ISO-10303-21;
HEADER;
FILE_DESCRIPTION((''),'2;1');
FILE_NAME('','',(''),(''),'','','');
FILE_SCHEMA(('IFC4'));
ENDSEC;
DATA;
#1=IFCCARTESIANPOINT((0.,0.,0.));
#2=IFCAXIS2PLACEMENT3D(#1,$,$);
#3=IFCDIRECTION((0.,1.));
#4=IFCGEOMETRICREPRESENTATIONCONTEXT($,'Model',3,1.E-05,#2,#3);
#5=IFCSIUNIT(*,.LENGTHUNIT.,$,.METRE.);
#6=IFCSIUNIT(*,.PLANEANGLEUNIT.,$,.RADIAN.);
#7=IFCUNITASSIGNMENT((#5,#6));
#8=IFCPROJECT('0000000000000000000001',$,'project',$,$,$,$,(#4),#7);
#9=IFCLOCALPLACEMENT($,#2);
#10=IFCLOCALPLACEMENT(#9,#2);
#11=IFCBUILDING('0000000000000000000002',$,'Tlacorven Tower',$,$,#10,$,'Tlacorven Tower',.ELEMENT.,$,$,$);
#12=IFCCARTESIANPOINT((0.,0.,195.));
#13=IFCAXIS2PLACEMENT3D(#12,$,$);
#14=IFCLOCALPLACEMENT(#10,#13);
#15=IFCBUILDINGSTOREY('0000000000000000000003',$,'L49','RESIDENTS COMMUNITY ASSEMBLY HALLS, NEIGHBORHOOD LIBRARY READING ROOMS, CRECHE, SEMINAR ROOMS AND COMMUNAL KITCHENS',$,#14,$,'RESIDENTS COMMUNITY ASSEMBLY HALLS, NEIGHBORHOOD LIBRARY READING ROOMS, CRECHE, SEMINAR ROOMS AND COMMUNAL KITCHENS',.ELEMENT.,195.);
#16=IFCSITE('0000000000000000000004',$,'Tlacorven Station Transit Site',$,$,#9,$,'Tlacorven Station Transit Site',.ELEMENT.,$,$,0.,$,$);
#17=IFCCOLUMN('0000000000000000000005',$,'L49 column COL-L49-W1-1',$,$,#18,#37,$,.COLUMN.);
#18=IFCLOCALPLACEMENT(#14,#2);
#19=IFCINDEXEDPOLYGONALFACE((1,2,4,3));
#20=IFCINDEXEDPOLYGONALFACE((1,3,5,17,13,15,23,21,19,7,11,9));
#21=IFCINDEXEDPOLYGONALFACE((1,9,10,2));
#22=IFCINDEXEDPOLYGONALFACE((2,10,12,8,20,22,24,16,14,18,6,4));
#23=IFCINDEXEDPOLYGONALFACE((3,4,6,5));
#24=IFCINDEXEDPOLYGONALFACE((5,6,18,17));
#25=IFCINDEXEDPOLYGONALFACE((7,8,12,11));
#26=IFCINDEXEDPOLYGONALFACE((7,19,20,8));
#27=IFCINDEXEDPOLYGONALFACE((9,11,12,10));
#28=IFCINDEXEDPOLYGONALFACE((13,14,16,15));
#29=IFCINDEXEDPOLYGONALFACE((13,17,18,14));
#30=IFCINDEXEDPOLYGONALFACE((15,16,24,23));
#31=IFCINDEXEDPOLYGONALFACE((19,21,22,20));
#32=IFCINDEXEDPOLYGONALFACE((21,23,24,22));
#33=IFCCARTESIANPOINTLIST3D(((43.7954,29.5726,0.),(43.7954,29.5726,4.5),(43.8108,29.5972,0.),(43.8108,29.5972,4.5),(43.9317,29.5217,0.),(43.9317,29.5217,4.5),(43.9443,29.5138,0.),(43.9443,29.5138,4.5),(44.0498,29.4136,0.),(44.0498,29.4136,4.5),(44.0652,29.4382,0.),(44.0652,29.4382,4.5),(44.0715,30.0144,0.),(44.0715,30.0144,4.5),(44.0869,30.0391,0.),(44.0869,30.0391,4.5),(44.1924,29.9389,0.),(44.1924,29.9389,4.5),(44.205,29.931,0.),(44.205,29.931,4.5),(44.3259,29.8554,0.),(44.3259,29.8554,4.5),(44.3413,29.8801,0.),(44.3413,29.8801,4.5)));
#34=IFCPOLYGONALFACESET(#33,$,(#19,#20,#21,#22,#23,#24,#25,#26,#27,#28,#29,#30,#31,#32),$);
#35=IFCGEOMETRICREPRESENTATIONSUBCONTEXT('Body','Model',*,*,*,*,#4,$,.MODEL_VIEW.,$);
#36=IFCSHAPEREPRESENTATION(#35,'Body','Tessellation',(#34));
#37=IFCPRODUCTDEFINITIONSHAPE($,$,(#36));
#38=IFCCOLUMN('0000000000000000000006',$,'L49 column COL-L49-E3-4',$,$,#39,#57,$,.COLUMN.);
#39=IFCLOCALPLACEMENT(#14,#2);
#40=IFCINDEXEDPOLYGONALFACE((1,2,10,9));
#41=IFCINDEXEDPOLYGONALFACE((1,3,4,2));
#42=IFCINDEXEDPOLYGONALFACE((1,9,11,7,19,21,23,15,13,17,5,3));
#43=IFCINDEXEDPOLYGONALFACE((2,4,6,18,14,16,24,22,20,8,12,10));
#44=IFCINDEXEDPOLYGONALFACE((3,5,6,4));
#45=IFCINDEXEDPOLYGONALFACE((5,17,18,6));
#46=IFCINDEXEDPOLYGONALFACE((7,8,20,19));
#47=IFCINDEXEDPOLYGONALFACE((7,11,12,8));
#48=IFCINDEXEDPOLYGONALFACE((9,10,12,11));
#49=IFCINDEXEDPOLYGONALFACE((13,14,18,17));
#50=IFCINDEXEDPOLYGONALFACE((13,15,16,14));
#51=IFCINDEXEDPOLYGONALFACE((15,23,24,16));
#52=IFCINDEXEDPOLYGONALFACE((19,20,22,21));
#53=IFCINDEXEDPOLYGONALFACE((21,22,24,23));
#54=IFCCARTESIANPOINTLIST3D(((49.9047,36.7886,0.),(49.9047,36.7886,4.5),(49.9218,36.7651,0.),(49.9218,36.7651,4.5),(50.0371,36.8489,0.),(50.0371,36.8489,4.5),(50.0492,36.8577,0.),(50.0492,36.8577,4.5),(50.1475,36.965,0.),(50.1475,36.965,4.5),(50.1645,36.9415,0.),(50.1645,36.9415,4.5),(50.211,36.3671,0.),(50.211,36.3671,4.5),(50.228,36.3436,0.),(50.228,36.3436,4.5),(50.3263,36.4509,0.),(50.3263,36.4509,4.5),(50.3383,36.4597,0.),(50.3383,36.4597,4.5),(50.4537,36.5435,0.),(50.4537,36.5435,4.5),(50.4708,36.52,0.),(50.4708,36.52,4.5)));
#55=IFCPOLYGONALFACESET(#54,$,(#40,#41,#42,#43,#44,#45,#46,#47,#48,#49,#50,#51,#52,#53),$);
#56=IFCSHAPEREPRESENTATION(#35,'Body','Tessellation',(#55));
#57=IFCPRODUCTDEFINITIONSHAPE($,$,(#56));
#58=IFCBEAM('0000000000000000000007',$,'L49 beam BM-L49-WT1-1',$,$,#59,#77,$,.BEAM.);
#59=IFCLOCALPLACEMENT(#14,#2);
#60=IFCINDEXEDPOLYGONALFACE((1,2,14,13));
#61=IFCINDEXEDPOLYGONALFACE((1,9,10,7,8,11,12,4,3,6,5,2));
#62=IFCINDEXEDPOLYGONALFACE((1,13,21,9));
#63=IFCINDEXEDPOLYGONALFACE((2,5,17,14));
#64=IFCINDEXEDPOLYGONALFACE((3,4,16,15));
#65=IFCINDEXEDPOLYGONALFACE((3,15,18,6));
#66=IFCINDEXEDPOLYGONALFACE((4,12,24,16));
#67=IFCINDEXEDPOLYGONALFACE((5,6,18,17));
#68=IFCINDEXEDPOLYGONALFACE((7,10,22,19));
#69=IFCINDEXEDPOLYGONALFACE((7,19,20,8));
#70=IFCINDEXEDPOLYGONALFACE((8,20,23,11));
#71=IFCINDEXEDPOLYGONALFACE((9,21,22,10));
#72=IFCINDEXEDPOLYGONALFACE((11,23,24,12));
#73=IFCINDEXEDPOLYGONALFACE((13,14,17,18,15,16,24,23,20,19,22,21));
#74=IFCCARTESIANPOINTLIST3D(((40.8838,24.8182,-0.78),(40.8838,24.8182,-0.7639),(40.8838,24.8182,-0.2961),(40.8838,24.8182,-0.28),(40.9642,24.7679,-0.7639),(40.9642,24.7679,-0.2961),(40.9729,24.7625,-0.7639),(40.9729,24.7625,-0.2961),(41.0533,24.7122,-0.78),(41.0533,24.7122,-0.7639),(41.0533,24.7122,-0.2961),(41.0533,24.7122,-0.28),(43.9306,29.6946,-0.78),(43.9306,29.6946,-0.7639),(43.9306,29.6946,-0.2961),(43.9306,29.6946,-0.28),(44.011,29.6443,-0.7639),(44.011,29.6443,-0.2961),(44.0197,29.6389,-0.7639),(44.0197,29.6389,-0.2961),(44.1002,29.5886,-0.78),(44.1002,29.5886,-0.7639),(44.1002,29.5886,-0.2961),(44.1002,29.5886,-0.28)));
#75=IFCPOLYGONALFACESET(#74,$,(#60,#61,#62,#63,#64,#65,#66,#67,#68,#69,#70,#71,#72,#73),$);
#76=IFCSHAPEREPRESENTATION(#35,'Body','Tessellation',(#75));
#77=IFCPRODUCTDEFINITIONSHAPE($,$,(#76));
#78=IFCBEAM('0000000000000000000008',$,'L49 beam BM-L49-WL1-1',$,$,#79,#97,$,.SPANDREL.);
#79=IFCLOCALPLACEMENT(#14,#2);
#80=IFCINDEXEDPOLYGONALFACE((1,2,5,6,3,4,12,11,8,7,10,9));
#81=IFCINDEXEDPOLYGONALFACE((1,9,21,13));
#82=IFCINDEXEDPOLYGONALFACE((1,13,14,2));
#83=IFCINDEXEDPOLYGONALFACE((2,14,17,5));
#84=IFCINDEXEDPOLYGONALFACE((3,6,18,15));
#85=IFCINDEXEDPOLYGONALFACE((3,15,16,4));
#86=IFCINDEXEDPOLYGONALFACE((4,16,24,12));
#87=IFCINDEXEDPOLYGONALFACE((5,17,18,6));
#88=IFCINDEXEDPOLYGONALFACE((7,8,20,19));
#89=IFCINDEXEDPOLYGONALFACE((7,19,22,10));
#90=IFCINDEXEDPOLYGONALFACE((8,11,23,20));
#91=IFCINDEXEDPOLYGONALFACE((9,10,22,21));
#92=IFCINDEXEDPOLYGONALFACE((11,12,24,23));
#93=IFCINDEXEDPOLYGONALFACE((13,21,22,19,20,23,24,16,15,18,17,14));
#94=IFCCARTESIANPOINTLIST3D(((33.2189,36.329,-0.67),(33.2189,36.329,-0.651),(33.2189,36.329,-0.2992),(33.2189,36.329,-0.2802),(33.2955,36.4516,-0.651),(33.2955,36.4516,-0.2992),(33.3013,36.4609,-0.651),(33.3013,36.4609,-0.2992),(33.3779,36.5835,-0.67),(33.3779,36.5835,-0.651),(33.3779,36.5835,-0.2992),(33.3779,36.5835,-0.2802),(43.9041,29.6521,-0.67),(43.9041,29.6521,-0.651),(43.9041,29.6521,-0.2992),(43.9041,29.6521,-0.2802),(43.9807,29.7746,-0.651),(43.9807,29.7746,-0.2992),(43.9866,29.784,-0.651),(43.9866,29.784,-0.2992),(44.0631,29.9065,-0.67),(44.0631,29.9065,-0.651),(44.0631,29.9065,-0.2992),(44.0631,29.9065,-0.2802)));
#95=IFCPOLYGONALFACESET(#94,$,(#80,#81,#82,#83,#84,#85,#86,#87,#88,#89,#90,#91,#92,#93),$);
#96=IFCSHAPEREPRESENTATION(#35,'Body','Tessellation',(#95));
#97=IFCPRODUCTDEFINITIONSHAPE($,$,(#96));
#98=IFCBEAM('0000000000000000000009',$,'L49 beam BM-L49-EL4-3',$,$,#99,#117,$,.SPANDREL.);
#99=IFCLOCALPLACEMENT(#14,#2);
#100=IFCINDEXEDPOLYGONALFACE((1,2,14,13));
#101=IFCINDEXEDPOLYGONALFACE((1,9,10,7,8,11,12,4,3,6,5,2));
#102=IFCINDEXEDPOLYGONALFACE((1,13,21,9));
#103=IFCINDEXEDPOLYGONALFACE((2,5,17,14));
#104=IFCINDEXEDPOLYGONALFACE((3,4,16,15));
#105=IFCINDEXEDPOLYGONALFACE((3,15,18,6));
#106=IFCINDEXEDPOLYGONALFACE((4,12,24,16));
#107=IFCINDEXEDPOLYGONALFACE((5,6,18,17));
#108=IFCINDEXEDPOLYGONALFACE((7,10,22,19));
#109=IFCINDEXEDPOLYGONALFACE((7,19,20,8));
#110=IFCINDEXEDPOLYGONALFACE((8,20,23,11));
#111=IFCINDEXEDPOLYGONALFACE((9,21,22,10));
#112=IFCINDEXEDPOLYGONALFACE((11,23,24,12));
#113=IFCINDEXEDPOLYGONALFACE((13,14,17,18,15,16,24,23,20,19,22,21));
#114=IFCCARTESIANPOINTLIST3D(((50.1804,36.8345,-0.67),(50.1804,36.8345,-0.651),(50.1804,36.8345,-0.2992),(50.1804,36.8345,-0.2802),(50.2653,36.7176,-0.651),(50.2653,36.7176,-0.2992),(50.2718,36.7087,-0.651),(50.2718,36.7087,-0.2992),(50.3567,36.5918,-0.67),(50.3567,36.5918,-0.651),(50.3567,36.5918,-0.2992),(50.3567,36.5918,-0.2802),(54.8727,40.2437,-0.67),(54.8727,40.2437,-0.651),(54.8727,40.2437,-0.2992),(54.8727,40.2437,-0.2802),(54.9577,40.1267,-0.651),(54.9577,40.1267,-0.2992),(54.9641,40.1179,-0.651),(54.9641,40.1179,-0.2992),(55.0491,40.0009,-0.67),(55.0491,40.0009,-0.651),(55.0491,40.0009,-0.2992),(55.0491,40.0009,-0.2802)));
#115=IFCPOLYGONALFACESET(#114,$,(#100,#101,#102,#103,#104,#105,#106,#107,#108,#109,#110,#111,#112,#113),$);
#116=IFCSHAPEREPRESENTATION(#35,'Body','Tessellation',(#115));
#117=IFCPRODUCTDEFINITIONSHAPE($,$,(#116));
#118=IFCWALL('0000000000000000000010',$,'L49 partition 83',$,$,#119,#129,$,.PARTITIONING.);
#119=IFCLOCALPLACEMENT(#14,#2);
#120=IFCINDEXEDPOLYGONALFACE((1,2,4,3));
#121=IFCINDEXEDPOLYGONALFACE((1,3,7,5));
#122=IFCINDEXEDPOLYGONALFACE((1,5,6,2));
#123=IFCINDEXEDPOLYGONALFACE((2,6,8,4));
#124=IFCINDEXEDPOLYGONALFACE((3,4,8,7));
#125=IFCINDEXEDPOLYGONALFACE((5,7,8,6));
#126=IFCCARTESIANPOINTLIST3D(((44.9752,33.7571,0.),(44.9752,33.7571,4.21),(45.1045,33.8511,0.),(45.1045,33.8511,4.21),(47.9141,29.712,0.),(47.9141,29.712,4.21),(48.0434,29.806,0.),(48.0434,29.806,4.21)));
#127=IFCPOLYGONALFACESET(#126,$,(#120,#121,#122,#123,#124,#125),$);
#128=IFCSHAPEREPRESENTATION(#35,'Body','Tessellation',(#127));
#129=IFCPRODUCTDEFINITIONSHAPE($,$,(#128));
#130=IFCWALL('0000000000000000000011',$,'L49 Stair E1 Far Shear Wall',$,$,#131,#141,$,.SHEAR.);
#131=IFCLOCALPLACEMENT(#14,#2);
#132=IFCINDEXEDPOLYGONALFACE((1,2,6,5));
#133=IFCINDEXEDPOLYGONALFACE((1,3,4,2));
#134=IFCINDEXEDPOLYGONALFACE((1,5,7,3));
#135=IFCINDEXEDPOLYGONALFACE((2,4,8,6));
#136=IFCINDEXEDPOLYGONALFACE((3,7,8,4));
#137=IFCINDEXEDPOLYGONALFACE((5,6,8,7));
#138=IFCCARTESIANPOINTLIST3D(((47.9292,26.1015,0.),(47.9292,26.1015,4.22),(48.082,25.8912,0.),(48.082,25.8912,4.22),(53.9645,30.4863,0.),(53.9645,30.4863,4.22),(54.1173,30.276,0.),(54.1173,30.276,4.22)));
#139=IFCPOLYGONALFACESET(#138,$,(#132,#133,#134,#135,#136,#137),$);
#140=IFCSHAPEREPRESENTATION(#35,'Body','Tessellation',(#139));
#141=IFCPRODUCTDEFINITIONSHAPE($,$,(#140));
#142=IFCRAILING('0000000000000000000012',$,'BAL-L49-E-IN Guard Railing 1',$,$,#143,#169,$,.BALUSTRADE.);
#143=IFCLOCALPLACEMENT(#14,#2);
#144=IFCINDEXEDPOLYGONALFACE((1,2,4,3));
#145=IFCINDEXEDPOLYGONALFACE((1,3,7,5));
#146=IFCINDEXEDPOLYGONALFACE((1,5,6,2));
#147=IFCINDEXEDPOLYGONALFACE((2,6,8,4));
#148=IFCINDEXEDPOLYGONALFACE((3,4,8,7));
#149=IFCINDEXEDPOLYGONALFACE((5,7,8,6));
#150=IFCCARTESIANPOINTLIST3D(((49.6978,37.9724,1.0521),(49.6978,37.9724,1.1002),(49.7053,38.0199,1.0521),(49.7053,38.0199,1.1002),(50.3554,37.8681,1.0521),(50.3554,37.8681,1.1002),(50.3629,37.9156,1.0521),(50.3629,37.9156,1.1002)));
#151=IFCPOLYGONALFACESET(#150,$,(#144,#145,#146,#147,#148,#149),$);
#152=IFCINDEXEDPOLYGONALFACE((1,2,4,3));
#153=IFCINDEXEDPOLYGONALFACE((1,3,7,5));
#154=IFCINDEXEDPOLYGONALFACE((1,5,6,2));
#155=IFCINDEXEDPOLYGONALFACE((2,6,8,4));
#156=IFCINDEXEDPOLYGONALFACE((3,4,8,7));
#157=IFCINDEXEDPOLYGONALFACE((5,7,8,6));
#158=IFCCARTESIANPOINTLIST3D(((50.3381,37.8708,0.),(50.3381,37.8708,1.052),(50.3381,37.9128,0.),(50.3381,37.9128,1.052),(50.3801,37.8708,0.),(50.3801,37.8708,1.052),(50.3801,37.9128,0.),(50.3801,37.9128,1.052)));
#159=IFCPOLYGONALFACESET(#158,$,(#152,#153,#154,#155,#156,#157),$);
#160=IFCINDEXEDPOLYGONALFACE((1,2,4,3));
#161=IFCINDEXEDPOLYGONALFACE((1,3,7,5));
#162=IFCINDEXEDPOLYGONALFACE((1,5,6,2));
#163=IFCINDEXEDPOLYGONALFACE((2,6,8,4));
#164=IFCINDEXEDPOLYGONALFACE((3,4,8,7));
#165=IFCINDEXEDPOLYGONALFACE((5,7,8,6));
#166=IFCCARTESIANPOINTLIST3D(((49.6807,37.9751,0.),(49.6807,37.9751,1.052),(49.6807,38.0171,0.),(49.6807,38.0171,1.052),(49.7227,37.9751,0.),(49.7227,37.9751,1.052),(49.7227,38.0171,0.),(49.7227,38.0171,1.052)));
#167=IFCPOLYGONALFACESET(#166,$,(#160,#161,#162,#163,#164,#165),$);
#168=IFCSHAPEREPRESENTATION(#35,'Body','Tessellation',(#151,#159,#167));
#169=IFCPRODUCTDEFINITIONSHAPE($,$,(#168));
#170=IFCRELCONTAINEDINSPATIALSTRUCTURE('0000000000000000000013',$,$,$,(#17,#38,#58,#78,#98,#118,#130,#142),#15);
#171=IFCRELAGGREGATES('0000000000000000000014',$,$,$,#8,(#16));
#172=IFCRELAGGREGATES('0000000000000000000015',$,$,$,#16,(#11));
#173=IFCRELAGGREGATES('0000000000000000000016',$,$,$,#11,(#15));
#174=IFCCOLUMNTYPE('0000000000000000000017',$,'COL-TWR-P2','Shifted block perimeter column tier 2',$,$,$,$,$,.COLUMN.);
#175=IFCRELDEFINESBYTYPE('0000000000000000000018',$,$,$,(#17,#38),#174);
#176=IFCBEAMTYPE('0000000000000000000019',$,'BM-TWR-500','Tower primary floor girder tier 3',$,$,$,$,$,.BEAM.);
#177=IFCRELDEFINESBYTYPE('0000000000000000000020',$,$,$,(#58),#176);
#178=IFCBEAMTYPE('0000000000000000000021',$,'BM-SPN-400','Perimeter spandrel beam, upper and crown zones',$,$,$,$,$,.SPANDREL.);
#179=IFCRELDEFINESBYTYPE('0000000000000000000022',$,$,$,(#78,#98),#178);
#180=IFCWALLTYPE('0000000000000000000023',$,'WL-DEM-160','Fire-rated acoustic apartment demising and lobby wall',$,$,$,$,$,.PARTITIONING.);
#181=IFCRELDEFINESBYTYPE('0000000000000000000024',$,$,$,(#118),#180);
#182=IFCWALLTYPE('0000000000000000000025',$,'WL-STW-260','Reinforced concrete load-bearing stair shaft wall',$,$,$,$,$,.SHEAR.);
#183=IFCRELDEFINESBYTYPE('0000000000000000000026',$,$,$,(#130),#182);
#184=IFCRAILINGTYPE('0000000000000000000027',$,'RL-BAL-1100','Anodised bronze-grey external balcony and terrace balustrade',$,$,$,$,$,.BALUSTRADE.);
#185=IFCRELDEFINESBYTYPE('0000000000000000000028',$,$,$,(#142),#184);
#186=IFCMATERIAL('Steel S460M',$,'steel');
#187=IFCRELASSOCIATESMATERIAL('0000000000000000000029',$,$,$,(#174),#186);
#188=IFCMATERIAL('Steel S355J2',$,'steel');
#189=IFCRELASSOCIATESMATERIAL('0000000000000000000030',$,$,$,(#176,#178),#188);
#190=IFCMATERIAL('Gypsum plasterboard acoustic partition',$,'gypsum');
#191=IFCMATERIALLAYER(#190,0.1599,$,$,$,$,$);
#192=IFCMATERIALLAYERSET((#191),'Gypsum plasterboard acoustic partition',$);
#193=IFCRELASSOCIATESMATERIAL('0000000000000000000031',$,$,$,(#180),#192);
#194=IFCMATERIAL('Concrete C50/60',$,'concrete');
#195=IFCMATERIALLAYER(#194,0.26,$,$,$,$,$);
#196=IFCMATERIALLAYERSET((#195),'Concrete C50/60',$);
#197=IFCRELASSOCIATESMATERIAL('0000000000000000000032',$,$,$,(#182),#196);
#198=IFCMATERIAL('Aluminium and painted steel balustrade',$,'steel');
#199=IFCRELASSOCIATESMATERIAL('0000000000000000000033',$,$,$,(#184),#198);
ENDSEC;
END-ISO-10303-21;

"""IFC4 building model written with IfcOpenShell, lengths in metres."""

from ifc_helpers import new_model, si_unit, direction, frame, frame_2d, origin, origin_2d, place, context, subcontext, project, spatial, rectangle, i_section, extrude, source, transform, mapped, material, layer, layer_set, material_profile, profile_set, type_object, element, save


model = new_model("IFC4")

# Units and contexts
model_context = context("Model", 3, precision=1e-05, world=origin(), true_north=direction((0.0, 1.0)))
body_context = subcontext(model_context, "Body", "Model", "MODEL_VIEW")
ifc_project = project(units=[si_unit("LENGTHUNIT", "METRE"), si_unit("PLANEANGLEUNIT", "RADIAN")], contexts=[model_context])

# Site, building, storey
site_placement = place(None, origin())
site = spatial("IfcSite", under=ifc_project, at=site_placement, Name="Tlacorven Station Transit Site", LongName="Tlacorven Station Transit Site", CompositionType="ELEMENT", RefElevation=0.0)
building_placement = place(site_placement, origin())
building = spatial("IfcBuilding", under=site, at=building_placement, Name="Tlacorven Tower", LongName="Tlacorven Tower", CompositionType="ELEMENT")
storey_placement = place(building_placement, frame((0.0, 0.0, 195.0)))
storey = spatial("IfcBuildingStorey", under=building, at=storey_placement, Name="L49", Description="RESIDENTS COMMUNITY ASSEMBLY HALLS, NEIGHBORHOOD LIBRARY READING ROOMS, CRECHE, SEMINAR ROOMS AND COMMUNAL KITCHENS", LongName="RESIDENTS COMMUNITY ASSEMBLY HALLS, NEIGHBORHOOD LIBRARY READING ROOMS, CRECHE, SEMINAR ROOMS AND COMMUNAL KITCHENS", CompositionType="ELEMENT", Elevation=195.0)

# Columns
ifc_material_1 = material(Name="Steel S460M", Category="steel")
ifc_material_profile_1 = material_profile(ifc_material_1, i_section(OverallWidth=0.3, OverallDepth=0.55, WebThickness=0.0149, FlangeThickness=0.0291, at=origin_2d()), Name="HEB 550")
ifc_profile_set_1 = profile_set([ifc_material_profile_1], Name="Steel S460M")
column_type = type_object("IfcColumnType", Name="COL-TWR-P2", Description="Shifted block perimeter column tier 2", PredefinedType="COLUMN", material=ifc_profile_set_1)
shared_shape_1 = source(origin(), body_context, "Body", "SweptSolid", [
    extrude(i_section(OverallWidth=0.3, OverallDepth=0.55, WebThickness=0.0149, FlangeThickness=0.0291, at=origin_2d()), origin(), (0.0, 0.0, 1.0), 4.5),
])
for number, where, z_axis, x_axis, name in (
    (1, (44.0684, 29.7263, 0.0), (0.0, 0.0, 1.0), (-0.848048, 0.529919, 0.0), "L49 column COL-L49-W1-1"),
    (2, (50.1877, 36.6543, 0.0), (0.0, 0.0, 1.0), (0.809017, 0.587785, 0.0), "L49 column COL-L49-E3-4"),
):
    element("IfcColumn", number, at=place(storey_placement, frame(where, z_axis=z_axis, x_axis=x_axis)), inside=storey, type_object=column_type, Name=name, PredefinedType="COLUMN", context=body_context, shape_type="MappedRepresentation", body=[
        mapped(shared_shape_1, transform((0.0, 0.0, 0.0), scale=1.0)),
    ])

# Beams
ifc_material_2 = material(Name="Steel S355J2", Category="steel")
ifc_material_profile_2 = material_profile(ifc_material_2, i_section(OverallWidth=0.2, OverallDepth=0.5, WebThickness=0.0103, FlangeThickness=0.0161, at=origin_2d()), Name="IPE 500")
ifc_profile_set_2 = profile_set([ifc_material_profile_2], Name="Steel S355J2")
beam_type_1 = type_object("IfcBeamType", Name="BM-TWR-500", Description="Tower primary floor girder tier 3", PredefinedType="BEAM", material=ifc_profile_set_2)
shared_shape_2 = source(origin(), body_context, "Body", "SweptSolid", [
    extrude(i_section(OverallWidth=0.2, OverallDepth=0.5, WebThickness=0.0103, FlangeThickness=0.0161, at=origin_2d()), origin(), (0.0, 0.0, 1.0), 5.75),
])
beam_1_placement = place(storey_placement, frame((44.0154, 29.6416, -0.53), z_axis=(-0.529884, -0.84807, 0.0), x_axis=(0.84807, -0.529884, 0.0)))
element("IfcBeam", 3, at=beam_1_placement, inside=storey, type_object=beam_type_1, Name="L49 beam BM-L49-WT1-1", PredefinedType="BEAM", context=body_context, shape_type="MappedRepresentation", body=[
    mapped(shared_shape_2, transform((0.0, 0.0, 0.0), scale=1.0)),
])
ifc_material_profile_3 = material_profile(ifc_material_2, i_section(OverallWidth=0.3, OverallDepth=0.3899, WebThickness=0.011, FlangeThickness=0.019, at=origin_2d()), Name="HEA 400")
ifc_profile_set_3 = profile_set([ifc_material_profile_3], Name="Steel S355J2")
beam_type_2 = type_object("IfcBeamType", Name="BM-SPN-400", Description="Perimeter spandrel beam, upper and crown zones", PredefinedType="SPANDREL", material=ifc_profile_set_3)
shared_shape_3 = source(origin(), body_context, "Body", "SweptSolid", [
    extrude(i_section(OverallWidth=0.3, OverallDepth=0.3899, WebThickness=0.011, FlangeThickness=0.019, at=origin_2d()), origin(), (0.0, 0.0, 1.0), 12.5999),
])
beam_2_placement = place(storey_placement, frame((43.9836, 29.7793, -0.4751), z_axis=(-0.848045, 0.529924, 0.0), x_axis=(-0.529924, -0.848045, 0.0)))
element("IfcBeam", 4, at=beam_2_placement, inside=storey, type_object=beam_type_2, Name="L49 beam BM-L49-WL1-1", PredefinedType="SPANDREL", context=body_context, shape_type="MappedRepresentation", body=[
    mapped(shared_shape_3, transform((0.0, 0.0, 0.0), scale=1.0)),
])
shared_shape_4 = source(origin(), body_context, "Body", "SweptSolid", [
    extrude(i_section(OverallWidth=0.3, OverallDepth=0.3899, WebThickness=0.011, FlangeThickness=0.019, at=origin_2d()), origin(), (0.0, 0.0, 1.0), 5.8),
])
beam_3_placement = place(storey_placement, frame((50.2686, 36.7131, -0.4751), z_axis=(0.80902, 0.587781, 0.0), x_axis=(-0.587781, 0.80902, 0.0)))
element("IfcBeam", 5, at=beam_3_placement, inside=storey, type_object=beam_type_2, Name="L49 beam BM-L49-EL4-3", PredefinedType="SPANDREL", context=body_context, shape_type="MappedRepresentation", body=[
    mapped(shared_shape_4, transform((0.0, 0.0, 0.0), scale=1.0)),
])

# Walls
ifc_material_3 = material(Name="Gypsum plasterboard acoustic partition", Category="gypsum")
ifc_layer_1 = layer(ifc_material_3, 0.1599)
ifc_layer_set_1 = layer_set([ifc_layer_1], Name="Gypsum plasterboard acoustic partition")
wall_type_1 = type_object("IfcWallType", Name="WL-DEM-160", Description="Fire-rated acoustic apartment demising and lobby wall", PredefinedType="PARTITIONING", material=ifc_layer_set_1)
wall_1_placement = place(storey_placement, frame((47.9788, 29.759, 0.0), z_axis=(0.0, 0.0, 1.0), x_axis=(-0.587783, 0.809019, 0.0)))
element("IfcWall", 6, at=wall_1_placement, inside=storey, type_object=wall_type_1, Name="L49 partition 83", PredefinedType="PARTITIONING", context=body_context, shape_type="SweptSolid", body=[
    extrude(rectangle(XDim=5.0, YDim=0.1599, at=frame_2d((2.5, 0.0))), origin(), (0.0, 0.0, 1.0), 4.21),
])
ifc_material_4 = material(Name="Concrete C50/60", Category="concrete")
ifc_layer_2 = layer(ifc_material_4, 0.26)
ifc_layer_set_2 = layer_set([ifc_layer_2], Name="Concrete C50/60")
wall_type_2 = type_object("IfcWallType", Name="WL-STW-260", Description="Reinforced concrete load-bearing stair shaft wall", PredefinedType="SHEAR", material=ifc_layer_set_2)
wall_2_placement = place(storey_placement, frame((48.0056, 25.9963, 0.0), z_axis=(0.0, 0.0, 1.0), x_axis=(0.809019, 0.587782, 0.0)))
element("IfcWall", 7, at=wall_2_placement, inside=storey, type_object=wall_type_2, Name="L49 Stair E1 Far Shear Wall", PredefinedType="SHEAR", context=body_context, shape_type="SweptSolid", body=[
    extrude(rectangle(XDim=7.46, YDim=0.26, at=frame_2d((3.73, 0.0))), origin(), (0.0, 0.0, 1.0), 4.22),
])

# Railing
ifc_material_5 = material(Name="Aluminium and painted steel balustrade", Category="steel")
railing_type = type_object("IfcRailingType", Name="RL-BAL-1100", Description="Anodised bronze-grey external balcony and terrace balustrade", PredefinedType="BALUSTRADE", material=ifc_material_5)
shared_shape_5 = source(origin(), body_context, "Body", "SweptSolid", [
    extrude(rectangle(XDim=0.0481, YDim=0.0481, at=origin_2d()), frame((0.0, 0.0, 1.0762), z_axis=(-0.987662, 0.156603, 0.0), x_axis=(-0.156603, -0.987662, 0.0)), (0.0, 0.0, 1.0), 0.6658),
    extrude(rectangle(XDim=0.042, YDim=0.042, at=origin_2d()), origin(), (0.0, 0.0, 1.0), 1.052),
    extrude(rectangle(XDim=0.042, YDim=0.042, at=origin_2d()), frame((-0.6575, 0.1042, 0.0)), (0.0, 0.0, 1.0), 1.052),
])
railing_1_placement = place(storey_placement, frame((50.3591, 37.8918, 0.0)))
element("IfcRailing", 8, at=railing_1_placement, inside=storey, type_object=railing_type, Name="BAL-L49-E-IN Guard Railing 1", PredefinedType="BALUSTRADE", context=body_context, shape_type="MappedRepresentation", body=[
    mapped(shared_shape_5, transform((0.0, 0.0, 0.0), scale=1.0)),
])

save(model, "model.ifc")
